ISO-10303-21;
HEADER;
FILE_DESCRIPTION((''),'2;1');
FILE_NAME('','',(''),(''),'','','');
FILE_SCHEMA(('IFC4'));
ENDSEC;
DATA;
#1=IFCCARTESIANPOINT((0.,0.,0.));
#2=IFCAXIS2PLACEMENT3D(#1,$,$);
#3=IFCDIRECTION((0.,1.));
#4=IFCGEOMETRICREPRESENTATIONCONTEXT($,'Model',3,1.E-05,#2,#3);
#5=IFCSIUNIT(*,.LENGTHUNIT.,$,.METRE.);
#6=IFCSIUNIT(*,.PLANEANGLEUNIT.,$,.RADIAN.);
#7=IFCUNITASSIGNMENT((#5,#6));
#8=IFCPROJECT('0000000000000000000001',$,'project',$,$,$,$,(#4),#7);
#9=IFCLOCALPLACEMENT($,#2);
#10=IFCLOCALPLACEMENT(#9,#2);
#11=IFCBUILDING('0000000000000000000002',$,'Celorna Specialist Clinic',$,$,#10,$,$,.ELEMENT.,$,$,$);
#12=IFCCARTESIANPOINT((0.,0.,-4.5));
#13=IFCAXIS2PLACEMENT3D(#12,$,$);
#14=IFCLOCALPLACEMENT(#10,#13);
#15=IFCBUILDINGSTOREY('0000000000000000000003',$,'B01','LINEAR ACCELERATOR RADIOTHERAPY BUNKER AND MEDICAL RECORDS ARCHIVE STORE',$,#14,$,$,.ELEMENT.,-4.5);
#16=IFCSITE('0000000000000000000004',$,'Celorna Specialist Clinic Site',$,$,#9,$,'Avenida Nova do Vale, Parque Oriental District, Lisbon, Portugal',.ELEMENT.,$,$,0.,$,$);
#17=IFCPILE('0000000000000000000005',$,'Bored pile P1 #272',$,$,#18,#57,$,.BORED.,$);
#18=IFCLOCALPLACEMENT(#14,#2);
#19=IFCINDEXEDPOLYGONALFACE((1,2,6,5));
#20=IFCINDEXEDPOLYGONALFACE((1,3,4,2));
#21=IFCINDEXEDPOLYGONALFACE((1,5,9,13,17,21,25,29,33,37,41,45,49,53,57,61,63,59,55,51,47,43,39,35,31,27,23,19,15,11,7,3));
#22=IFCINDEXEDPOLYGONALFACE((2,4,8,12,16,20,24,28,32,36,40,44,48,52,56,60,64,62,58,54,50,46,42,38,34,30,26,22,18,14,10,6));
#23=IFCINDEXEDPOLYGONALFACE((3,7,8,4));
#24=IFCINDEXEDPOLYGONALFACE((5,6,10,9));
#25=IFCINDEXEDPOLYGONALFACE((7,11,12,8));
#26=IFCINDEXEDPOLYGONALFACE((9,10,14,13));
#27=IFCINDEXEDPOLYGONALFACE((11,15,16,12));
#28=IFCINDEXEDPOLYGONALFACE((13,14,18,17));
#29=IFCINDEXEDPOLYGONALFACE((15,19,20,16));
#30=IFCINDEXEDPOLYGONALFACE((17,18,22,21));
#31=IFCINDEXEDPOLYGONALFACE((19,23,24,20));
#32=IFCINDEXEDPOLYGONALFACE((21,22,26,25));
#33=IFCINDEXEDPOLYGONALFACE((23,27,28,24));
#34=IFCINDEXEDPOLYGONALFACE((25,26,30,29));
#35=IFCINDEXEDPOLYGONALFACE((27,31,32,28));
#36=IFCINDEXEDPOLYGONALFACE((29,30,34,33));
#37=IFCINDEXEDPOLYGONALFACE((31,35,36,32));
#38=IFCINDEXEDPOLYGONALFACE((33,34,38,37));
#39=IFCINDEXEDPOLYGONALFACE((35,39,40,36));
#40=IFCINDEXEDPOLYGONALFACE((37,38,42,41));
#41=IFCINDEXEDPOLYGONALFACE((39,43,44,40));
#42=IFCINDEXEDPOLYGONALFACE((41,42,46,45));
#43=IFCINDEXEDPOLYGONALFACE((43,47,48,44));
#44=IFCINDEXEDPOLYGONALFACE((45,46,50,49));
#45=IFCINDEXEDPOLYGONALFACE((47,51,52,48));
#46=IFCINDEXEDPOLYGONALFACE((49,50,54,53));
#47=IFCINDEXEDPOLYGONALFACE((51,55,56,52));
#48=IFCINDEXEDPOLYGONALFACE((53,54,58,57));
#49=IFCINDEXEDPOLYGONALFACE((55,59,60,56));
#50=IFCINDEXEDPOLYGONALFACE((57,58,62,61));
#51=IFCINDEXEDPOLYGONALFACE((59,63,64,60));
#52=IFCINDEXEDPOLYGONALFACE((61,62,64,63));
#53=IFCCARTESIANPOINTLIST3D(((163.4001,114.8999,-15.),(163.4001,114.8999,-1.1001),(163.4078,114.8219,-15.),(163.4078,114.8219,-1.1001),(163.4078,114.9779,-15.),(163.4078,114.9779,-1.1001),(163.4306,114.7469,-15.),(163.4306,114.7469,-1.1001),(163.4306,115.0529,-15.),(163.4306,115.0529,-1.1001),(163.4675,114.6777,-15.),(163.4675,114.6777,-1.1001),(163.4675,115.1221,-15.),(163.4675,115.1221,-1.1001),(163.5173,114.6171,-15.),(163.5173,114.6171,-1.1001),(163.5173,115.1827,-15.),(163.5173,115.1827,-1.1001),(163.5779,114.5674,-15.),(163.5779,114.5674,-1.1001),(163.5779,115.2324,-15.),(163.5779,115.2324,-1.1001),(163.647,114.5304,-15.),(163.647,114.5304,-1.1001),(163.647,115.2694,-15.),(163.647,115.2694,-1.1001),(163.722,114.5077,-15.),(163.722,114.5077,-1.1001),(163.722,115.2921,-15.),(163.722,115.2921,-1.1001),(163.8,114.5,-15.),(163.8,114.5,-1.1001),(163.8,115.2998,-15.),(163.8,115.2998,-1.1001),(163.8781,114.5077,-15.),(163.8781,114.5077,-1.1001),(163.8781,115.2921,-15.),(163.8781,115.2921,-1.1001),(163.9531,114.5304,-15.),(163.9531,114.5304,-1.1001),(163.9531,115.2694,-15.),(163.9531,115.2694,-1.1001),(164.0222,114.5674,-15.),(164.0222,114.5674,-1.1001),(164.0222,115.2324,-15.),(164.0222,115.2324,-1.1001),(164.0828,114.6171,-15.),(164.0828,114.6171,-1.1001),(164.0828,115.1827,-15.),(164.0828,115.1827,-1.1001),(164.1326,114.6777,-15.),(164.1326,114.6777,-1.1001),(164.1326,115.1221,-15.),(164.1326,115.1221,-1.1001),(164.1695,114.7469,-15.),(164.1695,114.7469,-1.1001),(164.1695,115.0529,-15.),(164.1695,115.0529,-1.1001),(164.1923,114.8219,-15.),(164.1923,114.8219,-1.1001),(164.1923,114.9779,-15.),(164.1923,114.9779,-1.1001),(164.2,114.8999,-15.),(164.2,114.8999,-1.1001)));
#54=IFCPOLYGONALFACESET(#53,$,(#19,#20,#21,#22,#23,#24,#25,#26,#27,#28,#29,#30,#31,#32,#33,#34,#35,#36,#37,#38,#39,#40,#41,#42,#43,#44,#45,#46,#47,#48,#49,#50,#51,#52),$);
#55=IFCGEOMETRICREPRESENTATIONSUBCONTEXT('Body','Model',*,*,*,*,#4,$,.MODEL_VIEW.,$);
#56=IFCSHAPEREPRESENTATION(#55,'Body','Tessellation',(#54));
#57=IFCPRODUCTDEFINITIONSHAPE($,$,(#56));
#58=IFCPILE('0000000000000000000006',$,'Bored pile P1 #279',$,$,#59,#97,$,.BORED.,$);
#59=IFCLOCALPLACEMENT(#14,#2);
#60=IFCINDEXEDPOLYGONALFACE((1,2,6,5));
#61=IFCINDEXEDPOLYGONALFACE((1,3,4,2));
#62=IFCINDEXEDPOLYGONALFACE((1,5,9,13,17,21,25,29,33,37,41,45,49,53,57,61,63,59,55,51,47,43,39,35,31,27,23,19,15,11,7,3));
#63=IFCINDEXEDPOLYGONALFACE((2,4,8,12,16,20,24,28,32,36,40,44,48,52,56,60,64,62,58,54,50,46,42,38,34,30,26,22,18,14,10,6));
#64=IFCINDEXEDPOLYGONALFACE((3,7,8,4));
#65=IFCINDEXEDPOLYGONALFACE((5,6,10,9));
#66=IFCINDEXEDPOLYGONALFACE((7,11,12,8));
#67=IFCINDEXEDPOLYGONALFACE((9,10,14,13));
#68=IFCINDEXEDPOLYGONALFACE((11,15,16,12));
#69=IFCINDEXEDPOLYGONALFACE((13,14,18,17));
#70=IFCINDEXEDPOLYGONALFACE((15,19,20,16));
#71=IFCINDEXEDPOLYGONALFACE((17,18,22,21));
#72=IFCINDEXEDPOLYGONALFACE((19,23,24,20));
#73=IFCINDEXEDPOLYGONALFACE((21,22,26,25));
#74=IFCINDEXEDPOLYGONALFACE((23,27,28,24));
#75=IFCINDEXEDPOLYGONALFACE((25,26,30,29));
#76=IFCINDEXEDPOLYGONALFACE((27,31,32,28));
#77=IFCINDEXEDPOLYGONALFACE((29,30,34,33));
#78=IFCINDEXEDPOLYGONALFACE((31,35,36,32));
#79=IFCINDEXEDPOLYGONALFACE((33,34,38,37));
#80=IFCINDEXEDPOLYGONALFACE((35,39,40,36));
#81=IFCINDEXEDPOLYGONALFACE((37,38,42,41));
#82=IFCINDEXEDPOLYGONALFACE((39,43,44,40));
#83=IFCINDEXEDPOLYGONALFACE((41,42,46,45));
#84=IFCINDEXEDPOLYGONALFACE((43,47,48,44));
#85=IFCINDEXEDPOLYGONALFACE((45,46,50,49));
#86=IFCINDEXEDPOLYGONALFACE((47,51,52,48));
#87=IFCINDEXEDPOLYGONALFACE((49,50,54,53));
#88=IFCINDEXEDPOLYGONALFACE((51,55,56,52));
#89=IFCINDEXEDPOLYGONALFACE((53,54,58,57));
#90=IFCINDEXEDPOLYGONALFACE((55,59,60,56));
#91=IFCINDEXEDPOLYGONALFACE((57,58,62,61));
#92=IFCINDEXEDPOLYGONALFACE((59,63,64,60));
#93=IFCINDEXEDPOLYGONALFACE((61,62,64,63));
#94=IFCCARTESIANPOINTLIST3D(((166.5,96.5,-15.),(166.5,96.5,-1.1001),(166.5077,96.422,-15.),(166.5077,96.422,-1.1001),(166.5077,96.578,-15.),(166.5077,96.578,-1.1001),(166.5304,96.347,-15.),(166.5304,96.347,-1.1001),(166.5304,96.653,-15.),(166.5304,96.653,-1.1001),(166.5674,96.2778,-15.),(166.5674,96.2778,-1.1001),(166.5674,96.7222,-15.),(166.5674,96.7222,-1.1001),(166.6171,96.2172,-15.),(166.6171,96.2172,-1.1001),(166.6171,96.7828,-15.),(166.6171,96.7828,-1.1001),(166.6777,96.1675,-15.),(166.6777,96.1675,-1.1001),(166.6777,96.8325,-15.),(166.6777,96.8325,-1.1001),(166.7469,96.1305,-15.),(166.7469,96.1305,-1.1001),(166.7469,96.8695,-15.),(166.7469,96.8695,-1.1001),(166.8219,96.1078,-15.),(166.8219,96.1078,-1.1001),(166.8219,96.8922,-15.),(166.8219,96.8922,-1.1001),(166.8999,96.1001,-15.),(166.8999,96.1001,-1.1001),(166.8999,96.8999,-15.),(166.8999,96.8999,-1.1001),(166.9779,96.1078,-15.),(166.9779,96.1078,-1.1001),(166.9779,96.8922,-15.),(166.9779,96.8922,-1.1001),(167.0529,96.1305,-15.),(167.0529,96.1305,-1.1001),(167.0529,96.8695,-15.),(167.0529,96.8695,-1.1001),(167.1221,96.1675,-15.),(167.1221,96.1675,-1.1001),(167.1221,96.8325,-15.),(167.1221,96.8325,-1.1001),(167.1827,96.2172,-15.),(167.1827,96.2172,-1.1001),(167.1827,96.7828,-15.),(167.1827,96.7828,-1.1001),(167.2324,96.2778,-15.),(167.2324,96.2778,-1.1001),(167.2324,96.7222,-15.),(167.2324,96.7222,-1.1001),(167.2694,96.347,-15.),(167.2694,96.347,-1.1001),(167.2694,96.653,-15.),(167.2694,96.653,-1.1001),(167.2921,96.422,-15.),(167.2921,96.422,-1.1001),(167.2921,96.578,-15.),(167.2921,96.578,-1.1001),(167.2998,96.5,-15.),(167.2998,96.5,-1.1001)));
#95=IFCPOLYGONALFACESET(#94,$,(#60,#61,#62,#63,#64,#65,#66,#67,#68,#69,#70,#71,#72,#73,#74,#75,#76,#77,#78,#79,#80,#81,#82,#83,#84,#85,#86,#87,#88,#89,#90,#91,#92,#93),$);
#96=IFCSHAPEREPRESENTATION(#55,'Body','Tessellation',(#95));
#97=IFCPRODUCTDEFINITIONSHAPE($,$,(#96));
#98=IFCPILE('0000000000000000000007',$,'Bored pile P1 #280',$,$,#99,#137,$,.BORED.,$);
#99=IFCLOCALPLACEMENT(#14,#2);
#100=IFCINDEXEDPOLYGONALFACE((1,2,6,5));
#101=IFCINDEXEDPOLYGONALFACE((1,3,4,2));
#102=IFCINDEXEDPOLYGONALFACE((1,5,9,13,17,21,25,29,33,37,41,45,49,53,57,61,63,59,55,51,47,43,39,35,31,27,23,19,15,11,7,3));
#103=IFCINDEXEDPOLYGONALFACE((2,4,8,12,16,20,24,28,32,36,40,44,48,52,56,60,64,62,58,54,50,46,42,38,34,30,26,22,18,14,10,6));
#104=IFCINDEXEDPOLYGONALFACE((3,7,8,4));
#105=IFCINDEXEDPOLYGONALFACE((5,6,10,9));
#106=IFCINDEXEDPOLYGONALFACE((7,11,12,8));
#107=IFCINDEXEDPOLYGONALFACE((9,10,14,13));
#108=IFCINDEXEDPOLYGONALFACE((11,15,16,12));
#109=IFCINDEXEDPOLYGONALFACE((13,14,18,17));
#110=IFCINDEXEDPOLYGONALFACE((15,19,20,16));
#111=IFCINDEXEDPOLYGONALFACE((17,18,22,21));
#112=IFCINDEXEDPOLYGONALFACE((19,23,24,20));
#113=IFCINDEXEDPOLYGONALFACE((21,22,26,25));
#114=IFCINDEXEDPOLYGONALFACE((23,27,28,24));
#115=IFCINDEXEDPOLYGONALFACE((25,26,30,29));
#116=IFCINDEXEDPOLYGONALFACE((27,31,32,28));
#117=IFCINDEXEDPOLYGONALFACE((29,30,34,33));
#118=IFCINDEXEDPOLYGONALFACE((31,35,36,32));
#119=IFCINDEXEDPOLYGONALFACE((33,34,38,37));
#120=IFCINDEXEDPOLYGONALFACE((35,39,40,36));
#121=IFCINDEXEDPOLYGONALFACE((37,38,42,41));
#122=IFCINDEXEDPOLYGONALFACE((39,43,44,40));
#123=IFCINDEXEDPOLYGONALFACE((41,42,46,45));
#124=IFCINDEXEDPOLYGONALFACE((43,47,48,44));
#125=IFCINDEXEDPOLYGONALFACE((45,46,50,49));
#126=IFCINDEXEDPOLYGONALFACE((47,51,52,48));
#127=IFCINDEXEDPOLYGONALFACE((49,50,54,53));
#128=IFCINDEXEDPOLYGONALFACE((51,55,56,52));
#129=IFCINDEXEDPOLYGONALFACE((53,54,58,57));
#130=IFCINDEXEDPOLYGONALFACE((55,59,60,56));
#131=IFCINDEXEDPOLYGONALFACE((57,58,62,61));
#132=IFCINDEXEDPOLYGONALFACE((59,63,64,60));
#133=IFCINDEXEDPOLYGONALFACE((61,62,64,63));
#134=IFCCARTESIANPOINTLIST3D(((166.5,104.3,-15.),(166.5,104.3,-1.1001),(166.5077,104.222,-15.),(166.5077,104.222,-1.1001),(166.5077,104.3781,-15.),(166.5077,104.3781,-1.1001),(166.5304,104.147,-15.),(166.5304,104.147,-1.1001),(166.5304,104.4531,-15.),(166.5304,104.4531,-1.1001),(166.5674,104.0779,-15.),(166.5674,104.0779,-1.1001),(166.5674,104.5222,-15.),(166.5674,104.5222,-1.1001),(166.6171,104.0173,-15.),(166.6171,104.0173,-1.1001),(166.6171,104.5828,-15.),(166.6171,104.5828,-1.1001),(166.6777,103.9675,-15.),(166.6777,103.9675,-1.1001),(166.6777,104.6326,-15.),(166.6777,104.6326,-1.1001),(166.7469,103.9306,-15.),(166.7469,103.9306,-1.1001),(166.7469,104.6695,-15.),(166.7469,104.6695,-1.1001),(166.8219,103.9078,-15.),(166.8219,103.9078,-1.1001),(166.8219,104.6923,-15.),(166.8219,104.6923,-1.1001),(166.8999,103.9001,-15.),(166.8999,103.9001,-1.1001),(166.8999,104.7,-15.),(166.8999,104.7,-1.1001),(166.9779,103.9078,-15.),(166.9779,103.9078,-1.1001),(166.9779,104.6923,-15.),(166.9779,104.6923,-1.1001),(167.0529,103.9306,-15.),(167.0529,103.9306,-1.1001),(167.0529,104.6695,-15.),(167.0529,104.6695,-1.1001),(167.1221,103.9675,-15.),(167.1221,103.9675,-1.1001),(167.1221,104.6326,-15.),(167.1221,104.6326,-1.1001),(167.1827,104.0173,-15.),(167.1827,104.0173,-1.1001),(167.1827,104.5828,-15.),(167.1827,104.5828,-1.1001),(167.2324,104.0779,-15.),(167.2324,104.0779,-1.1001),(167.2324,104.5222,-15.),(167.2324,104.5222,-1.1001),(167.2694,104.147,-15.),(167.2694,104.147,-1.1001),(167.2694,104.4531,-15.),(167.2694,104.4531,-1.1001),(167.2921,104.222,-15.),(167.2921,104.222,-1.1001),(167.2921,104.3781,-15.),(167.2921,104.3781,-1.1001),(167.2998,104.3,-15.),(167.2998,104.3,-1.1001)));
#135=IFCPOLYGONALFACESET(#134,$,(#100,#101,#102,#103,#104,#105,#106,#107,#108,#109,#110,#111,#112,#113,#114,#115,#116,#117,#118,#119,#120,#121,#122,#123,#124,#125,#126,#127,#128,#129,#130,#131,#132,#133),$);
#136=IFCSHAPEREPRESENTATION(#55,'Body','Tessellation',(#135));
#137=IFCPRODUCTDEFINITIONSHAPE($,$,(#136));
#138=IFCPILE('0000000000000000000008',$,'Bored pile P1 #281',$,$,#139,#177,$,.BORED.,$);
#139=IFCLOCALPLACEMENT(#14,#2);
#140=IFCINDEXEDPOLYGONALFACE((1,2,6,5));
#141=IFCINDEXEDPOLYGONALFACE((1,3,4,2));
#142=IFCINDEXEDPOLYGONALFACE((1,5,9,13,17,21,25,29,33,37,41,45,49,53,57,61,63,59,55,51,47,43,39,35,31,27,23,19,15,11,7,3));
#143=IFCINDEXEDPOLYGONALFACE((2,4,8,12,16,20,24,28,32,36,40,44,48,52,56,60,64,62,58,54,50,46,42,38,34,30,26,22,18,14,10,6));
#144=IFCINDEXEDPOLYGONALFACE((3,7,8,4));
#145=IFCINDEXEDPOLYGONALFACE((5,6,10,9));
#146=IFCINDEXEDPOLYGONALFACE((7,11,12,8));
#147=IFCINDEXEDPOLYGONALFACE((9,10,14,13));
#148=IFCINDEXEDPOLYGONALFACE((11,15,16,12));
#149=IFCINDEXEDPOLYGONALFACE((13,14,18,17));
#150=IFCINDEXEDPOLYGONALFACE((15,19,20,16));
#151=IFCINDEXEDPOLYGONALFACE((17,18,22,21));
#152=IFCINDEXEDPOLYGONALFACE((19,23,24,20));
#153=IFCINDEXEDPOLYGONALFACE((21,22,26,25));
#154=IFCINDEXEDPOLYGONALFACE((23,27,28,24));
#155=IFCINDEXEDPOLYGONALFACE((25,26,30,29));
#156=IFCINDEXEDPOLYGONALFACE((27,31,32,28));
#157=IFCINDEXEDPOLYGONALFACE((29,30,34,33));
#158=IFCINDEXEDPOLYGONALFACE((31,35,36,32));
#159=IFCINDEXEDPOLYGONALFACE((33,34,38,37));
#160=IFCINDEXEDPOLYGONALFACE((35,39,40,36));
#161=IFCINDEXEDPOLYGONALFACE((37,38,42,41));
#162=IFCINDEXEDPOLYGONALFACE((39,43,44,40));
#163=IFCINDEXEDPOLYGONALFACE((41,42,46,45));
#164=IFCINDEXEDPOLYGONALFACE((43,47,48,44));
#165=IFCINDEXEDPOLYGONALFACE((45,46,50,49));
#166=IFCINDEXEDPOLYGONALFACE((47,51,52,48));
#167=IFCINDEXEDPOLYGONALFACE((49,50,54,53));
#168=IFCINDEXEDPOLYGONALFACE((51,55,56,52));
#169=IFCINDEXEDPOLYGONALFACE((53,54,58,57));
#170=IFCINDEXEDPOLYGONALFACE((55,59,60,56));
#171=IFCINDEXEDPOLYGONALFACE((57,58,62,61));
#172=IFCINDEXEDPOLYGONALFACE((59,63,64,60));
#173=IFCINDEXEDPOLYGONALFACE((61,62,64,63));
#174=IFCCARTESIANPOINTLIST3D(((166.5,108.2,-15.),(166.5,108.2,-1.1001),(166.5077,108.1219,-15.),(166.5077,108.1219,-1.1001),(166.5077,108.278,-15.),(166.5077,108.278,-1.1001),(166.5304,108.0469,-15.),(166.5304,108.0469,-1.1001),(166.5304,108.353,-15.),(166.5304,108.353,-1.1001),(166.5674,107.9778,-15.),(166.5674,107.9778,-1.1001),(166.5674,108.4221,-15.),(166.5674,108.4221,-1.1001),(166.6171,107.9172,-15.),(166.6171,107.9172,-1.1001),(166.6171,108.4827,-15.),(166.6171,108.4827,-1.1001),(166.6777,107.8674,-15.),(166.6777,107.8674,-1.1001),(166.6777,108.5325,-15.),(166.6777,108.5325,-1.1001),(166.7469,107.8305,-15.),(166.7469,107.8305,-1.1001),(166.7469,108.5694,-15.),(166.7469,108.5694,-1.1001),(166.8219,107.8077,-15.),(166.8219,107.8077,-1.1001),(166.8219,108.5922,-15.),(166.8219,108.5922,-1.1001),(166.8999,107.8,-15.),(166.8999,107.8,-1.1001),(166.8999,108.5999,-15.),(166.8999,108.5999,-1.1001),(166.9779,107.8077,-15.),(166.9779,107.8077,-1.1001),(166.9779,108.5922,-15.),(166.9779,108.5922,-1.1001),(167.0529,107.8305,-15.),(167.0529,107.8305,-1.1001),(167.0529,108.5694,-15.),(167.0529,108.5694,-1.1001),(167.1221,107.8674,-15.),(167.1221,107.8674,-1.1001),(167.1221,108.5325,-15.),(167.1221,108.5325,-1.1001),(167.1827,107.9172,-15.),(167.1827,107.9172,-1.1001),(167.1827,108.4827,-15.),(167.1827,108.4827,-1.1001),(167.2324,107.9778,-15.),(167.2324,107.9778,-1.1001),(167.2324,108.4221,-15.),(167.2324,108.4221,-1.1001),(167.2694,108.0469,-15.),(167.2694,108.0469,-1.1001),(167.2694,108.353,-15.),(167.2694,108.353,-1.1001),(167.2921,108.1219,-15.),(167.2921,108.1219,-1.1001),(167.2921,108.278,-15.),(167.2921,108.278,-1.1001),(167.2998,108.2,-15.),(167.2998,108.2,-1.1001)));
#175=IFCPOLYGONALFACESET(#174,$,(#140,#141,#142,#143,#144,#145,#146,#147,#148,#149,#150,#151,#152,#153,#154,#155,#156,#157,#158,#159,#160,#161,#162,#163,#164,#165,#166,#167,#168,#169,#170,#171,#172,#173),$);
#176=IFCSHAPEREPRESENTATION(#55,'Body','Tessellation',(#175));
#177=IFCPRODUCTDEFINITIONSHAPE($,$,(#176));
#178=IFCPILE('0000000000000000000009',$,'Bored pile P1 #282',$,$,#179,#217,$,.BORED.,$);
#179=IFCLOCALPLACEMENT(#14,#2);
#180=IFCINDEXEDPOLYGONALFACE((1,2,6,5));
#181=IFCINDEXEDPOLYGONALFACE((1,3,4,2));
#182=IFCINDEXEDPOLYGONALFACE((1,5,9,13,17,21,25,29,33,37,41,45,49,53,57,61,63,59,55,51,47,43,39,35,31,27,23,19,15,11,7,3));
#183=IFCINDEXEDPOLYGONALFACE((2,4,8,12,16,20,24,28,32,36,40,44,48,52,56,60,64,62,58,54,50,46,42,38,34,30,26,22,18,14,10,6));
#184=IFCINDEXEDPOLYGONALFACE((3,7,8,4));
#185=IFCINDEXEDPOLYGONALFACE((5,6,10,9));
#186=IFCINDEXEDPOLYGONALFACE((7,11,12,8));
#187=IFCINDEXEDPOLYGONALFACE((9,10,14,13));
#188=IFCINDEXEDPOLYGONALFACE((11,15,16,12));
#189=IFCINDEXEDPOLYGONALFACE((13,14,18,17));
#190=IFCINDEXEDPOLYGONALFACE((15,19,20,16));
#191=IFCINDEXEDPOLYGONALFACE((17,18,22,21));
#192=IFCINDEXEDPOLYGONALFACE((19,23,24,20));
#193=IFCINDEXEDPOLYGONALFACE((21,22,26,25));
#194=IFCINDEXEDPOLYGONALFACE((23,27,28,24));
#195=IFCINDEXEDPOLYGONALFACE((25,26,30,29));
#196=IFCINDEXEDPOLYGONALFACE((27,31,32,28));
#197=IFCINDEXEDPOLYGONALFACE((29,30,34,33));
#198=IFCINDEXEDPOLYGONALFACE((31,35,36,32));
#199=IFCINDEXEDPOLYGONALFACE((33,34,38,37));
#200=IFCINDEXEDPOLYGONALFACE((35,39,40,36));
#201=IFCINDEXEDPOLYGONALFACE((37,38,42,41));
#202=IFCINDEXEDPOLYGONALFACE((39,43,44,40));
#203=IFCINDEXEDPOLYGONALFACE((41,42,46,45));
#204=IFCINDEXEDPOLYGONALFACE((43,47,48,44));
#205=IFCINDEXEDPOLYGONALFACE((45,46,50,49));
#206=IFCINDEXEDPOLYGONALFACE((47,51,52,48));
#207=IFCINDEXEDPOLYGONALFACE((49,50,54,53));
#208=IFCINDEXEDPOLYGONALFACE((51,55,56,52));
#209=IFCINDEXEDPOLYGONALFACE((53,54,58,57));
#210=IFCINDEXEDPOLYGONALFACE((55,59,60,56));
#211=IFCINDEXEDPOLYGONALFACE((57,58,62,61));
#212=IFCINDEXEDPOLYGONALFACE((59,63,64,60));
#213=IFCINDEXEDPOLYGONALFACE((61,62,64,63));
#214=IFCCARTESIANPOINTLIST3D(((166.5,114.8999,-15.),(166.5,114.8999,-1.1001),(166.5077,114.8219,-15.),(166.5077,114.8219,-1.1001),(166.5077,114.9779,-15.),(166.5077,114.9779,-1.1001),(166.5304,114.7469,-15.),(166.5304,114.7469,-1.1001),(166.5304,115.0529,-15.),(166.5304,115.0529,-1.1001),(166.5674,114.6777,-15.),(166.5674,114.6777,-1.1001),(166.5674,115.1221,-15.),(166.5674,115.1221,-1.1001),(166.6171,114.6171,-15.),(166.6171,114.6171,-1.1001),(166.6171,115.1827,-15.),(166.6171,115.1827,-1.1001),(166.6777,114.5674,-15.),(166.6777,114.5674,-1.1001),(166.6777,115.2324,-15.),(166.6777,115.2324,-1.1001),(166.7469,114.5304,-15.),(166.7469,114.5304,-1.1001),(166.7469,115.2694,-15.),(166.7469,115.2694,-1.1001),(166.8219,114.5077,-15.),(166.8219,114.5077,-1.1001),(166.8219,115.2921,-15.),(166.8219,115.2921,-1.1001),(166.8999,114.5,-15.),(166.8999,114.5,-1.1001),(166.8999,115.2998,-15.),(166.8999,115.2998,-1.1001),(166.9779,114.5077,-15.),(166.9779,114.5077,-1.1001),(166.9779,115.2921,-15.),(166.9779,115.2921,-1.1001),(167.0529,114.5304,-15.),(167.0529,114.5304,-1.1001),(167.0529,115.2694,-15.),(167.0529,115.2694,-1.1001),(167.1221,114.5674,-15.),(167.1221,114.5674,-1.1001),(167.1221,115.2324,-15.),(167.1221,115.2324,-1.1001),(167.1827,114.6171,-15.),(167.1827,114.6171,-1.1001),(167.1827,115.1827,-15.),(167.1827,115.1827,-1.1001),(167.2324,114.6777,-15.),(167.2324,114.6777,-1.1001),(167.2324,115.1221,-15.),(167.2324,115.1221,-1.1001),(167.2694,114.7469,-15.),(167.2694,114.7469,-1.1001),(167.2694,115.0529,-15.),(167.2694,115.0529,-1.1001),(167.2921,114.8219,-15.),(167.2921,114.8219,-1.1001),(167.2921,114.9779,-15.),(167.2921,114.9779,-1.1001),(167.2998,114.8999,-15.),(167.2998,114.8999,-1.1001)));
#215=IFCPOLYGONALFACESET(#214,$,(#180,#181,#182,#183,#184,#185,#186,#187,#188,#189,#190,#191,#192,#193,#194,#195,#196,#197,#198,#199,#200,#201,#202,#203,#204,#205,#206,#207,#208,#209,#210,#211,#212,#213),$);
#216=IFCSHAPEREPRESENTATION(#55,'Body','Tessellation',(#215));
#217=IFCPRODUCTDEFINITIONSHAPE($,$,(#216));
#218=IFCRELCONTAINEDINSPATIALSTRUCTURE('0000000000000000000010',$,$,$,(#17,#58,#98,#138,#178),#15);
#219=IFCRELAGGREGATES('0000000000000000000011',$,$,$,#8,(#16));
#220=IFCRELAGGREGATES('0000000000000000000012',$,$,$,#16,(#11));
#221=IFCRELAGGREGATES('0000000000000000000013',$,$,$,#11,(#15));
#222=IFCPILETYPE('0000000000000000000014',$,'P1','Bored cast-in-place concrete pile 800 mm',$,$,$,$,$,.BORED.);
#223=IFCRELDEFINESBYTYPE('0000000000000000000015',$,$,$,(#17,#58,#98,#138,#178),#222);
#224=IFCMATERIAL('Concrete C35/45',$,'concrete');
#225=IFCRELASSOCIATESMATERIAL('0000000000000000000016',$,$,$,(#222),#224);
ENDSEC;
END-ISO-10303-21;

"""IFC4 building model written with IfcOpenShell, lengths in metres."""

from ifc_helpers import new_model, si_unit, direction, frame, origin, origin_2d, place, context, subcontext, project, spatial, circle, extrude, material, material_profile, profile_set, type_object, element, save


model = new_model("IFC4")

# Units and contexts
model_context = context("Model", 3, precision=1e-05, world=origin(), true_north=direction((0.0, 1.0)))
body_context = subcontext(model_context, "Body", "Model", "MODEL_VIEW")
ifc_project = project(units=[si_unit("LENGTHUNIT", "METRE"), si_unit("PLANEANGLEUNIT", "RADIAN")], contexts=[model_context])

# Site, building, storey
site_placement = place(None, origin())
site = spatial("IfcSite", under=ifc_project, at=site_placement, Name="Celorna Specialist Clinic Site", LongName="Avenida Nova do Vale, Parque Oriental District, Lisbon, Portugal", CompositionType="ELEMENT", RefElevation=0.0)
building_placement = place(site_placement, origin())
building = spatial("IfcBuilding", under=site, at=building_placement, Name="Celorna Specialist Clinic", CompositionType="ELEMENT")
storey_placement = place(building_placement, frame((0.0, 0.0, -4.5)))
storey = spatial("IfcBuildingStorey", under=building, at=storey_placement, Name="B01", Description="LINEAR ACCELERATOR RADIOTHERAPY BUNKER AND MEDICAL RECORDS ARCHIVE STORE", CompositionType="ELEMENT", Elevation=-4.5)

# Piles
ifc_material_1 = material(Name="Concrete C35/45", Category="concrete")
ifc_material_profile_1 = material_profile(ifc_material_1, circle(Radius=0.3999, at=origin_2d()), Name="BORED PILE 800")
ifc_profile_set_1 = profile_set([ifc_material_profile_1], Name="Concrete C35/45")
pile_type_1 = type_object("IfcPileType", Name="P1", Description="Bored cast-in-place concrete pile 800 mm", PredefinedType="BORED", material=ifc_profile_set_1)
for number, where, z_axis, x_axis, name in (
    (1, (163.8, 114.8999, -1.1001), (0.0, 0.0, -1.0), (1.0, 0.0, 0.0), "Bored pile P1 #272"),
    (2, (166.8999, 96.5, -1.1001), (0.0, 0.0, -1.0), (1.0, 0.0, 0.0), "Bored pile P1 #279"),
    (3, (166.8999, 104.3, -1.1001), (0.0, 0.0, -1.0), (1.0, 0.0, 0.0), "Bored pile P1 #280"),
    (4, (166.8999, 108.2, -1.1001), (0.0, 0.0, -1.0), (1.0, 0.0, 0.0), "Bored pile P1 #281"),
    (5, (166.8999, 114.8999, -1.1001), (0.0, 0.0, -1.0), (1.0, 0.0, 0.0), "Bored pile P1 #282"),
):
    element("IfcPile", number, at=place(storey_placement, frame(where, z_axis=z_axis, x_axis=x_axis)), inside=storey, type_object=pile_type_1, Name=name, PredefinedType="BORED", context=body_context, shape_type="SweptSolid", body=[
        extrude(circle(Radius=0.3999, at=origin_2d()), origin(), (0.0, 0.0, 1.0), 13.8999),
    ])

save(model, "model.ifc")
